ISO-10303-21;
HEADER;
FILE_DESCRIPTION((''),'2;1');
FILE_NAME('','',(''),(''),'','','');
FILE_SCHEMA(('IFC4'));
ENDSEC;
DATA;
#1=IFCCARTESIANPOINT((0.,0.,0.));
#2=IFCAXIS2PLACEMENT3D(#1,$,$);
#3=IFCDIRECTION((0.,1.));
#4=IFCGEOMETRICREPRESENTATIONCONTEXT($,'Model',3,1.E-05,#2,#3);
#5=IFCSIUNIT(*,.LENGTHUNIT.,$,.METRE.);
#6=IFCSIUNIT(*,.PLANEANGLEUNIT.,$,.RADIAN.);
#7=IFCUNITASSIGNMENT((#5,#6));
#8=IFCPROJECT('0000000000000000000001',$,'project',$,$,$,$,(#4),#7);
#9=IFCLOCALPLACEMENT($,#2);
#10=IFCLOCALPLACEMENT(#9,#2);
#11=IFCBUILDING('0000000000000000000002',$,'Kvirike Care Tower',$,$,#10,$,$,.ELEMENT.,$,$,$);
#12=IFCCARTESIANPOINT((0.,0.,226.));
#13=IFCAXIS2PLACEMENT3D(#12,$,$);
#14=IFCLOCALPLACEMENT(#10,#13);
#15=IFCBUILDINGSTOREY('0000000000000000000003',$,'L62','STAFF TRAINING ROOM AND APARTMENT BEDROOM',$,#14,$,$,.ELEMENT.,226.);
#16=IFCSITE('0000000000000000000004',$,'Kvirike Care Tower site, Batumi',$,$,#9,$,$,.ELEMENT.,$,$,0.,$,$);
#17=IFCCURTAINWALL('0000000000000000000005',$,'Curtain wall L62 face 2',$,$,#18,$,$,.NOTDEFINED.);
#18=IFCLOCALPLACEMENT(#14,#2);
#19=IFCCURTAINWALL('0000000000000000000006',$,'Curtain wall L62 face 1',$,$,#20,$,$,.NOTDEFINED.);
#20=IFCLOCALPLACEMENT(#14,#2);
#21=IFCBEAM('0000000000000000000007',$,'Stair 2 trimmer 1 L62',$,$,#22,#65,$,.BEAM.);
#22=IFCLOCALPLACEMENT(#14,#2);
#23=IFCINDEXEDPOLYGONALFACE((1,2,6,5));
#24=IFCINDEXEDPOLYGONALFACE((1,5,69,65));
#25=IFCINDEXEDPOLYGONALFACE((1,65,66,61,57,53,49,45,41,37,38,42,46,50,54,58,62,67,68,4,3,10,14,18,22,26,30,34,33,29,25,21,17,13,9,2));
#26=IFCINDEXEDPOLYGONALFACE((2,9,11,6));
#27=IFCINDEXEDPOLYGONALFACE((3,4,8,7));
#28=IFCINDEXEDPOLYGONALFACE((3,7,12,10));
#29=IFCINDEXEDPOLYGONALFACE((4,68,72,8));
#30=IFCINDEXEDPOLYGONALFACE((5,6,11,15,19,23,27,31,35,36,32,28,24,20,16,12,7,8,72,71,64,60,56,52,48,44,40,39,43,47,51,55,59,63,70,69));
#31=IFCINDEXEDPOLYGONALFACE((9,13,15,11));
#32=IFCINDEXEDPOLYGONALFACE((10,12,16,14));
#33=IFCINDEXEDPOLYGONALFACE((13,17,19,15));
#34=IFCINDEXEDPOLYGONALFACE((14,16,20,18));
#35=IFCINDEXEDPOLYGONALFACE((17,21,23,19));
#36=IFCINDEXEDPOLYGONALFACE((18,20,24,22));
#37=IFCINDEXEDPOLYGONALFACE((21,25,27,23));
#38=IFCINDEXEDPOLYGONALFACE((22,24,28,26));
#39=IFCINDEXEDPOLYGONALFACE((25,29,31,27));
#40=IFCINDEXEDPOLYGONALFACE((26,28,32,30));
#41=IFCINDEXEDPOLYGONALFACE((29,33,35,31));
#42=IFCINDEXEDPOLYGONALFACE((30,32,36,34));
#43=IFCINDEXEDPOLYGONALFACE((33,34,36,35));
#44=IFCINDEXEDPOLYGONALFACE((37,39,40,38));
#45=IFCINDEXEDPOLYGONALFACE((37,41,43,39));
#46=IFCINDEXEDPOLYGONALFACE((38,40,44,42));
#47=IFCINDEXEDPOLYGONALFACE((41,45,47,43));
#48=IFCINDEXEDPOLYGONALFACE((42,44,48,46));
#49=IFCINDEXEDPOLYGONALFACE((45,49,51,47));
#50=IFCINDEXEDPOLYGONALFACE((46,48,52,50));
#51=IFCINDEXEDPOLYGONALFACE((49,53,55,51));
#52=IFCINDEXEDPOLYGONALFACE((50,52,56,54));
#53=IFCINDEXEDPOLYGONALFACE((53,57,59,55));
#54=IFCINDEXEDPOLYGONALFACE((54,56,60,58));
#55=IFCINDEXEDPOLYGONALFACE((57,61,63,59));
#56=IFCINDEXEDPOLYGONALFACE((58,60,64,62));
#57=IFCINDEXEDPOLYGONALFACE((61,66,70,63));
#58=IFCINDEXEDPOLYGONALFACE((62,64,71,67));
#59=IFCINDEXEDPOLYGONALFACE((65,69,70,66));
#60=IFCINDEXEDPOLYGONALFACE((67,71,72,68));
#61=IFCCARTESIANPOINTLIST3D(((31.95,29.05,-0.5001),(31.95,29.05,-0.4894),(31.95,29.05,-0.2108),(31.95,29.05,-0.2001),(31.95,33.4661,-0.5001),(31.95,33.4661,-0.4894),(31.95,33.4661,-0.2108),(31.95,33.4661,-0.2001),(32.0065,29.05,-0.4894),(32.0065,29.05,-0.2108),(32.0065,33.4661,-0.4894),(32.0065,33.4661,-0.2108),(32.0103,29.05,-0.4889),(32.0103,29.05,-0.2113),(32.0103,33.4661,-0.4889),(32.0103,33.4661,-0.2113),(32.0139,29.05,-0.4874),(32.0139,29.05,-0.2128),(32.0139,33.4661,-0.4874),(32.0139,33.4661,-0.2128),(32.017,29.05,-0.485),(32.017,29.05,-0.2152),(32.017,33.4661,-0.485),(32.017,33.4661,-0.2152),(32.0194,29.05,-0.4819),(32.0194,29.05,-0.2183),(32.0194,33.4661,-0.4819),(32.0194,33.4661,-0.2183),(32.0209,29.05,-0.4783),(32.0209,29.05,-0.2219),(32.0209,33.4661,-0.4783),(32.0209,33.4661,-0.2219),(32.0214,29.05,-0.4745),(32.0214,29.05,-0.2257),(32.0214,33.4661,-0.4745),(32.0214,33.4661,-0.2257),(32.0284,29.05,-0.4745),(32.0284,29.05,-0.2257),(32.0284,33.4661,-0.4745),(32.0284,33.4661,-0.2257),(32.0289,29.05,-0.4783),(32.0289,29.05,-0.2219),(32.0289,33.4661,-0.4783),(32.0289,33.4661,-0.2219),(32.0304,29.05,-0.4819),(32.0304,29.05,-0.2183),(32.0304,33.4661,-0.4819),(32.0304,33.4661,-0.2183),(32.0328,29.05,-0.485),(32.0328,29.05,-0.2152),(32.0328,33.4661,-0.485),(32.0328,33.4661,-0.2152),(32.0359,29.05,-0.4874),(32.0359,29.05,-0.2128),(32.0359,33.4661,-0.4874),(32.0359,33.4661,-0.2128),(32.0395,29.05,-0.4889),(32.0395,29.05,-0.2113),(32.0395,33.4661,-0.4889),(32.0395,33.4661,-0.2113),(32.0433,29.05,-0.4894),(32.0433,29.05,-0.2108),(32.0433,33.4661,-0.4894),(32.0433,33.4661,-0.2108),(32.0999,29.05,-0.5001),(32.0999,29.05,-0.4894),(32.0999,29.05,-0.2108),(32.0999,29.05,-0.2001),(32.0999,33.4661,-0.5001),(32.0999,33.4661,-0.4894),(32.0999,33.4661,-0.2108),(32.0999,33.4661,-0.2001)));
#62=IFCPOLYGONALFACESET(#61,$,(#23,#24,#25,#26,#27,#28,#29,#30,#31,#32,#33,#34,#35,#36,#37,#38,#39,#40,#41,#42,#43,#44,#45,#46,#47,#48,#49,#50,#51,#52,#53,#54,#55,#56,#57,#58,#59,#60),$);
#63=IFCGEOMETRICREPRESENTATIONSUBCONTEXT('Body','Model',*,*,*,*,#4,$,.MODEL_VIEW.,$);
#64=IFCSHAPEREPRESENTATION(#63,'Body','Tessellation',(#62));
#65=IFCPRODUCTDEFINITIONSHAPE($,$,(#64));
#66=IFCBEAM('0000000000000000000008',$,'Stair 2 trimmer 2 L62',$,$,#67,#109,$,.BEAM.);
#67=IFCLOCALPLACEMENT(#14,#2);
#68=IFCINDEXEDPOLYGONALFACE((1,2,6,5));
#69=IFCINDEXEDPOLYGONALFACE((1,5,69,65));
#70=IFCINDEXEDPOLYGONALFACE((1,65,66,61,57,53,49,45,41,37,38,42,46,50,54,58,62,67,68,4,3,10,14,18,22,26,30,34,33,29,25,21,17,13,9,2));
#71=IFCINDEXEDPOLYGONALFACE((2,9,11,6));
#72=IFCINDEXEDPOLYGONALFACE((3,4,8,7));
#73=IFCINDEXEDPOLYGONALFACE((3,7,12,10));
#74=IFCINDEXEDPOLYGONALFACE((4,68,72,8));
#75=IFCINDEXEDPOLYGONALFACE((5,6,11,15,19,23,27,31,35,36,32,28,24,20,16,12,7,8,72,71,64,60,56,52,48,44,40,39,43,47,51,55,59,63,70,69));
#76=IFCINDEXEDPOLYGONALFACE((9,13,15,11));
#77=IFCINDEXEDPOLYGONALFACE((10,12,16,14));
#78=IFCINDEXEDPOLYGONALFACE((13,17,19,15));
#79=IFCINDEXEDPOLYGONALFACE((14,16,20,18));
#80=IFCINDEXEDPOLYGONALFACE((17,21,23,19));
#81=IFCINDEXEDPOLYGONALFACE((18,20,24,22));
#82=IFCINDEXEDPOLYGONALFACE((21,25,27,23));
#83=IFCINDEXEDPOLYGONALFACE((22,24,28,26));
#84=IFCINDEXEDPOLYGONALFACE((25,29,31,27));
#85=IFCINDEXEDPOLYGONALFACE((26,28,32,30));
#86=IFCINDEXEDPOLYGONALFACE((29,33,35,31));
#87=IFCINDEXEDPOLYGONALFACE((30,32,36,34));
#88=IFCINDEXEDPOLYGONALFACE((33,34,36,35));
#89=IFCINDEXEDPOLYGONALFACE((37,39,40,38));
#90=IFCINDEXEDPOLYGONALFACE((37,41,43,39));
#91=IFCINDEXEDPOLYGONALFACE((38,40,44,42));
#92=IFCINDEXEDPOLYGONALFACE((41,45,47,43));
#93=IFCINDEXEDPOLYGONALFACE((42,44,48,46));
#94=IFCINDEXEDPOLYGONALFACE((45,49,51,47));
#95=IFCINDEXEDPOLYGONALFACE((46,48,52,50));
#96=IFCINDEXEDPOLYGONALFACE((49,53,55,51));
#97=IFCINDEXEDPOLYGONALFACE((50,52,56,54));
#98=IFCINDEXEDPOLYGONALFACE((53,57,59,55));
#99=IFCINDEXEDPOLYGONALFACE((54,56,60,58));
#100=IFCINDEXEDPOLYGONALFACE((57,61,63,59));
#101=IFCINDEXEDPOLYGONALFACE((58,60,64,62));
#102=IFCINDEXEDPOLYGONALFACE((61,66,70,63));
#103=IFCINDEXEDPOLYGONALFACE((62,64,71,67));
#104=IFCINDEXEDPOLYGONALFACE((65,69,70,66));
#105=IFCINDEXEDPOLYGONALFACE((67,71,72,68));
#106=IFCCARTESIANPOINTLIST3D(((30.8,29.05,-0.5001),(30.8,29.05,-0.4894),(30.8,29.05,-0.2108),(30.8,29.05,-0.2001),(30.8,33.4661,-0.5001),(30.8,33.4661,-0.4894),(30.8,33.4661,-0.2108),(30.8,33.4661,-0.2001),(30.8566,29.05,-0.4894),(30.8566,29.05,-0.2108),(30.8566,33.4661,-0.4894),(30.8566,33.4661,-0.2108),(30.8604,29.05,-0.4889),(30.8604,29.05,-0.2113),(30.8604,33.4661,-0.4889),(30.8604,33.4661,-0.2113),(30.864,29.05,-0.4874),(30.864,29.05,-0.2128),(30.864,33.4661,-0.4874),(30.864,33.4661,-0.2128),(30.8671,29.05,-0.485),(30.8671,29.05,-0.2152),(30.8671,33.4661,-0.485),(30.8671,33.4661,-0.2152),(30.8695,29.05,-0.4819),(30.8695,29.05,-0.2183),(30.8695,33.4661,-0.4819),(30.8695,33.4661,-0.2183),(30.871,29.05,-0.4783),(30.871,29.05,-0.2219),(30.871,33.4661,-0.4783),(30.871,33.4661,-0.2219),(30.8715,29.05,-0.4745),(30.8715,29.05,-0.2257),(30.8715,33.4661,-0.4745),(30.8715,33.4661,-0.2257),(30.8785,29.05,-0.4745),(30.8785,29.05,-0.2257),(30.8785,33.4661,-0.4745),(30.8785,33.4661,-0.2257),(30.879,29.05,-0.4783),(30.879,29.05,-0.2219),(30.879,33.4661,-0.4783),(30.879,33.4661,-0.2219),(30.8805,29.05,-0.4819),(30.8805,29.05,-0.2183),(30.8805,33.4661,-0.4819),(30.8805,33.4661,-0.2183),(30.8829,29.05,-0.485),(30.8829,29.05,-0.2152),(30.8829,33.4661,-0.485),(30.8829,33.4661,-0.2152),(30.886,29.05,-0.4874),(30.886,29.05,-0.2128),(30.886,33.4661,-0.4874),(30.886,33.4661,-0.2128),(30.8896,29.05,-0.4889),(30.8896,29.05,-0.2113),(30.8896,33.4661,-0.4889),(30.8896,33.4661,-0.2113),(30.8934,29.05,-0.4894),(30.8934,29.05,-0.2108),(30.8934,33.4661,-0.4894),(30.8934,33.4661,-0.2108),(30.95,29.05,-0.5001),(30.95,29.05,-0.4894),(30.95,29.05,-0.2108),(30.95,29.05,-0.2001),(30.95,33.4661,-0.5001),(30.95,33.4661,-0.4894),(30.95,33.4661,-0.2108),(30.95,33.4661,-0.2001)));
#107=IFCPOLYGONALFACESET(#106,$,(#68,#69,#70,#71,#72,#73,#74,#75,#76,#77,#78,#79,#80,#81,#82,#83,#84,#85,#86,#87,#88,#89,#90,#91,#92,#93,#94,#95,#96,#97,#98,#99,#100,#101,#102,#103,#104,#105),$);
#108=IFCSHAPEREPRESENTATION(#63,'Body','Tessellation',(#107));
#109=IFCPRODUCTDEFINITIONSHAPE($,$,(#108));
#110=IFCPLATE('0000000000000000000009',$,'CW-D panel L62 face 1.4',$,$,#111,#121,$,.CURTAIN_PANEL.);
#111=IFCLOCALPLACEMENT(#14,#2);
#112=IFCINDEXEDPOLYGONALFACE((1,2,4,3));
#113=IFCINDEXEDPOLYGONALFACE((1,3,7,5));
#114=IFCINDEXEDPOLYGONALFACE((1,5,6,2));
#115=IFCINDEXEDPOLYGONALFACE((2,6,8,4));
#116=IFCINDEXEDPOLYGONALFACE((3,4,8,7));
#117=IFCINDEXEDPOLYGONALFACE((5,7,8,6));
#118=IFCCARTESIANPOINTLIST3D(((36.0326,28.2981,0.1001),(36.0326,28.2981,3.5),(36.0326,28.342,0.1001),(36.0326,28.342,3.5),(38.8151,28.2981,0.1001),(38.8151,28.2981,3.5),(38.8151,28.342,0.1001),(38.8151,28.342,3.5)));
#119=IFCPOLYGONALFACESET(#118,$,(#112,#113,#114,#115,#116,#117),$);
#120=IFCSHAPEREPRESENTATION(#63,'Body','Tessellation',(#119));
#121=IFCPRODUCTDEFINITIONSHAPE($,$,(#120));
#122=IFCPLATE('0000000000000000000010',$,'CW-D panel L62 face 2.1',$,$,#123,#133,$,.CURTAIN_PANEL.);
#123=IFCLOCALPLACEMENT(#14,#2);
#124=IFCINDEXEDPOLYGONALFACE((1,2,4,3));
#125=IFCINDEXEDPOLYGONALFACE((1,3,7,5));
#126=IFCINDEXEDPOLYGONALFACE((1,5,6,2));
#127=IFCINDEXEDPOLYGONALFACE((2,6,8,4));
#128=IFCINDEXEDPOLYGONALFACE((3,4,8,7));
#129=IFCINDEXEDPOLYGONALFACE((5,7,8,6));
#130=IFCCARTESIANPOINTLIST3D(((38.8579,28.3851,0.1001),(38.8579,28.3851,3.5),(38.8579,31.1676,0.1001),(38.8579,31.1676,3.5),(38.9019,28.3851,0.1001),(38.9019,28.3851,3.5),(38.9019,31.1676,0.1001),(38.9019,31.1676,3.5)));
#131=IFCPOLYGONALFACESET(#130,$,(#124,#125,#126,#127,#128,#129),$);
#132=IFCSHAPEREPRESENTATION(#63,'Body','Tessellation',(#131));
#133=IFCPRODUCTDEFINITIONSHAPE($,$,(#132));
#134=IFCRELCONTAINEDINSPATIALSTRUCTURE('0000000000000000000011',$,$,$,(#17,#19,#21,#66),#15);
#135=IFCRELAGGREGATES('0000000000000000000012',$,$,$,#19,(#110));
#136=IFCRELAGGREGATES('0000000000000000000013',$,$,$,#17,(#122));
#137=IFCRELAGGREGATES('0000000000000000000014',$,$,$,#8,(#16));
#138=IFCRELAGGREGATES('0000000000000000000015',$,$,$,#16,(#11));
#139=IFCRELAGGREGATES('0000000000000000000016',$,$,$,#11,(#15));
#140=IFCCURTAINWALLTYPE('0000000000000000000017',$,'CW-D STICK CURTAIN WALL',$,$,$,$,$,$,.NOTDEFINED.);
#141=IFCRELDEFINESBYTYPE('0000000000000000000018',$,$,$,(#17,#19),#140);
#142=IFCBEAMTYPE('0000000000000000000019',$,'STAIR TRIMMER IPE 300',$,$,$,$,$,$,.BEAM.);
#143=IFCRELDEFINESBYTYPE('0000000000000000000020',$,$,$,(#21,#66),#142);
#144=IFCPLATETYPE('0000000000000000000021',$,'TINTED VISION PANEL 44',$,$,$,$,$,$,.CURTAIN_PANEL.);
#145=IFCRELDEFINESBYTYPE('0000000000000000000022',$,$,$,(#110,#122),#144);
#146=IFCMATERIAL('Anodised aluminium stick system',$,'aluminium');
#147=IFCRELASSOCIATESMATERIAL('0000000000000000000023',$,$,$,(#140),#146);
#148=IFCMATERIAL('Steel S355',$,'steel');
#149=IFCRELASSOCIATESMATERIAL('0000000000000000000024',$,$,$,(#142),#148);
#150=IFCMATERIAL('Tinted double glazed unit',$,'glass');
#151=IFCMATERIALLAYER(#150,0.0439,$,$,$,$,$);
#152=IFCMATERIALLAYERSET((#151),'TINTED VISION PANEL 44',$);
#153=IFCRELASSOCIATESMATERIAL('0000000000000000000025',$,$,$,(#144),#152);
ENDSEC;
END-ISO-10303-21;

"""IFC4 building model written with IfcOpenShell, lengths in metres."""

from ifc_helpers import new_model, si_unit, direction, frame, origin, origin_2d, place, context, subcontext, project, spatial, rectangle, i_section, extrude, material, layer, layer_set, material_profile, profile_set, type_object, element, aggregate, save


model = new_model("IFC4")

# Units and contexts
model_context = context("Model", 3, precision=1e-05, world=origin(), true_north=direction((0.0, 1.0)))
body_context = subcontext(model_context, "Body", "Model", "MODEL_VIEW")
ifc_project = project(units=[si_unit("LENGTHUNIT", "METRE"), si_unit("PLANEANGLEUNIT", "RADIAN")], contexts=[model_context])

# Site, building, storey
site_placement = place(None, origin())
site = spatial("IfcSite", under=ifc_project, at=site_placement, Name="Kvirike Care Tower site, Batumi", CompositionType="ELEMENT", RefElevation=0.0)
building_placement = place(site_placement, origin())
building = spatial("IfcBuilding", under=site, at=building_placement, Name="Kvirike Care Tower", CompositionType="ELEMENT")
storey_placement = place(building_placement, frame((0.0, 0.0, 226.0)))
storey = spatial("IfcBuildingStorey", under=building, at=storey_placement, Name="L62", Description="STAFF TRAINING ROOM AND APARTMENT BEDROOM", CompositionType="ELEMENT", Elevation=226.0)

# Curtain walls
ifc_material_1 = material(Name="Anodised aluminium stick system", Category="aluminium")
curtain_wall_type = type_object("IfcCurtainWallType", Name="CW-D STICK CURTAIN WALL", PredefinedType="NOTDEFINED", material=ifc_material_1)
curtain_wall_1_placement = place(storey_placement, origin())
curtain_wall_1 = element("IfcCurtainWall", 1, at=curtain_wall_1_placement, inside=storey, type_object=curtain_wall_type, Name="Curtain wall L62 face 2", PredefinedType="NOTDEFINED")
curtain_wall_2_placement = place(storey_placement, origin())
curtain_wall_2 = element("IfcCurtainWall", 2, at=curtain_wall_2_placement, inside=storey, type_object=curtain_wall_type, Name="Curtain wall L62 face 1", PredefinedType="NOTDEFINED")

# Beams
ifc_material_2 = material(Name="Steel S355", Category="steel")
ifc_material_profile_1 = material_profile(ifc_material_2, i_section(OverallWidth=0.1499, OverallDepth=0.3, WebThickness=0.0071, FlangeThickness=0.0107, FilletRadius=0.0149, at=origin_2d()), Name="IPE 300")
ifc_profile_set_1 = profile_set([ifc_material_profile_1], Name="Steel S355")
beam_type_1 = type_object("IfcBeamType", Name="STAIR TRIMMER IPE 300", PredefinedType="BEAM", material=ifc_profile_set_1)
for number, where, z_axis, x_axis, name in (
    (3, (32.0249, 29.05, -0.3501), (0.0, 1.0, 0.0), (-1.0, 0.0, 0.0), "Stair 2 trimmer 1 L62"),
    (4, (30.875, 29.05, -0.3501), (0.0, 1.0, 0.0), (-1.0, 0.0, 0.0), "Stair 2 trimmer 2 L62"),
):
    element("IfcBeam", number, at=place(storey_placement, frame(where, z_axis=z_axis, x_axis=x_axis)), inside=storey, type_object=beam_type_1, Name=name, PredefinedType="BEAM", context=body_context, shape_type="SweptSolid", body=[
        extrude(i_section(OverallWidth=0.1499, OverallDepth=0.3, WebThickness=0.0071, FlangeThickness=0.0107, FilletRadius=0.0149, at=origin_2d()), origin(), (0.0, 0.0, 1.0), 4.416),
    ])

# Plates
ifc_material_3 = material(Name="Tinted double glazed unit", Category="glass")
ifc_layer_1 = layer(ifc_material_3, 0.0439)
ifc_layer_set_1 = layer_set([ifc_layer_1], Name="TINTED VISION PANEL 44")
plate_type = type_object("IfcPlateType", Name="TINTED VISION PANEL 44", PredefinedType="CURTAIN_PANEL", material=ifc_layer_set_1)
plate_1_placement = place(storey_placement, frame((37.4238, 28.3201, 0.1001), z_axis=(0.0, 0.0, 1.0), x_axis=(1.0, 0.0, 0.0)))
plate_1 = element("IfcPlate", 5, at=plate_1_placement, type_object=plate_type, Name="CW-D panel L62 face 1.4", PredefinedType="CURTAIN_PANEL", context=body_context, shape_type="SweptSolid", body=[
    extrude(rectangle(XDim=2.7825, YDim=0.0439, at=origin_2d()), origin(), (0.0, 0.0, 1.0), 3.3999),
])
aggregate(curtain_wall_2, [plate_1])
plate_2_placement = place(storey_placement, frame((38.8799, 29.7764, 0.1001), z_axis=(0.0, 0.0, 1.0), x_axis=(0.0, 1.0, 0.0)))
plate_2 = element("IfcPlate", 6, at=plate_2_placement, type_object=plate_type, Name="CW-D panel L62 face 2.1", PredefinedType="CURTAIN_PANEL", context=body_context, shape_type="SweptSolid", body=[
    extrude(rectangle(XDim=2.7825, YDim=0.0439, at=origin_2d()), origin(), (0.0, 0.0, 1.0), 3.3999),
])
aggregate(curtain_wall_1, [plate_2])

save(model, "model.ifc")
